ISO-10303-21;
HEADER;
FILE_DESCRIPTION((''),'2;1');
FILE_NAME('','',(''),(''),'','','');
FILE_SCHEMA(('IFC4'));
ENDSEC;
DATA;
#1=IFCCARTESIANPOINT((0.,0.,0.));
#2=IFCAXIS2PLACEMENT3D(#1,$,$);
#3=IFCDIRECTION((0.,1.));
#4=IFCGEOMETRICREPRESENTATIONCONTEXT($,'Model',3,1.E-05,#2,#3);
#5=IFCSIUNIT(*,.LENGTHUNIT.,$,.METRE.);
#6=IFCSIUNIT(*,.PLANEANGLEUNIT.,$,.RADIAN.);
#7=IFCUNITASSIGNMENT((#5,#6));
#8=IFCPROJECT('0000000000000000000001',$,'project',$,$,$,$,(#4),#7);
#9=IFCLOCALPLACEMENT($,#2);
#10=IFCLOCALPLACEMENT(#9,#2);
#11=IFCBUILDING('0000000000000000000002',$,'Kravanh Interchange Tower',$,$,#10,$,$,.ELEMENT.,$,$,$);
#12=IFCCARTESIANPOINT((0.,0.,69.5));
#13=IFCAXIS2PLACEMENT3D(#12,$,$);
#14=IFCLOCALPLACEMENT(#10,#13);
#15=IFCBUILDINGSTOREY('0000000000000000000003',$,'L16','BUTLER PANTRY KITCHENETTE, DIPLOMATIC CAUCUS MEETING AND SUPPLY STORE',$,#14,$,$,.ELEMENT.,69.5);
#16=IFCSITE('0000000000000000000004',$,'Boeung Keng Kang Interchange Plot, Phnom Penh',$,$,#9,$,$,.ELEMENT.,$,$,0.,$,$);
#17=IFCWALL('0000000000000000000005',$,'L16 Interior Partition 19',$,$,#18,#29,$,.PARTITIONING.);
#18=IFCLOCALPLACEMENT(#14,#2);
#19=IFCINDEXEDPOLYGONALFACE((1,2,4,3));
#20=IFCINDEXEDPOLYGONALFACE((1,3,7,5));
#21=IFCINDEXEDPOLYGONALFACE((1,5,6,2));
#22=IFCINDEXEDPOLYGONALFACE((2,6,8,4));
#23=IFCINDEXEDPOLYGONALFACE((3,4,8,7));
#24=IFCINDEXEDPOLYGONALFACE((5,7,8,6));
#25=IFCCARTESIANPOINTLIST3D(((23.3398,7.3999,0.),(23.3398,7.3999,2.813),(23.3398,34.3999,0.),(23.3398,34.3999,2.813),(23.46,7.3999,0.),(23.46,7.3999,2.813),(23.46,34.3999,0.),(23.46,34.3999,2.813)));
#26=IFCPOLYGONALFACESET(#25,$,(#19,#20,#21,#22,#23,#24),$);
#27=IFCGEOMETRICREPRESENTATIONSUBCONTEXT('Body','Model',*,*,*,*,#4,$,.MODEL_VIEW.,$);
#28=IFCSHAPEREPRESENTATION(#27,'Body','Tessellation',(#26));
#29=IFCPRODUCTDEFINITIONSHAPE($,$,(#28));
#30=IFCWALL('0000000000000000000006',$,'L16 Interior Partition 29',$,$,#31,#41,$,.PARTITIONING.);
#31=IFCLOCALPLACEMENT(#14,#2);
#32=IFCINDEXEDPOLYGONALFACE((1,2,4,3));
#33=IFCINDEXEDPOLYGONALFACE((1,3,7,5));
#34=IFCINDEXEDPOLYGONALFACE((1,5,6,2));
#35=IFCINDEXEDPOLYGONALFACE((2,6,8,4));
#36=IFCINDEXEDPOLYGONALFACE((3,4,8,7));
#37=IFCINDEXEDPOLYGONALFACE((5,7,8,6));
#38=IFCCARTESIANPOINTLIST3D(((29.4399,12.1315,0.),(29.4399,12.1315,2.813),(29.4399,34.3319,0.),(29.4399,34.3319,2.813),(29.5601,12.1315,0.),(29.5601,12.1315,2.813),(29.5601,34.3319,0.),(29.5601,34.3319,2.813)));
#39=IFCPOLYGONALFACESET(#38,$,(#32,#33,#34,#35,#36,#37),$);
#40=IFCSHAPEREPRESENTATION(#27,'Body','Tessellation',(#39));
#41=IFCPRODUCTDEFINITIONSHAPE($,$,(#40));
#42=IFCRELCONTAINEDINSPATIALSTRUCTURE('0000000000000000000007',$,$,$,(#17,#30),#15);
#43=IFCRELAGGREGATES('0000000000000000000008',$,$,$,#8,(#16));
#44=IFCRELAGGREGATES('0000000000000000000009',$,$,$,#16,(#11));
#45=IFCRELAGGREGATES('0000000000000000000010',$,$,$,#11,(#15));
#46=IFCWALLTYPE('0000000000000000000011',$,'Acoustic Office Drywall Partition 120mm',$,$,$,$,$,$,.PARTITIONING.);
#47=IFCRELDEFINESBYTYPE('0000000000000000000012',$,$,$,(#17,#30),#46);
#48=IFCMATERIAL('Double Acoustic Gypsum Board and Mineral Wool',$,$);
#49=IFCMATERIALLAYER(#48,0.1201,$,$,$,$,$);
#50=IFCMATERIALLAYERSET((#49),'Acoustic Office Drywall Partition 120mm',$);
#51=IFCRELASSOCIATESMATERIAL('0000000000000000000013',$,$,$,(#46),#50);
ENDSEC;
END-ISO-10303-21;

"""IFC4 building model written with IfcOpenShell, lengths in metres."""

from ifc_helpers import new_model, si_unit, direction, frame, frame_2d, origin, place, context, subcontext, project, spatial, rectangle, extrude, material, layer, layer_set, type_object, element, save


model = new_model("IFC4")

# Units and contexts
model_context = context("Model", 3, precision=1e-05, world=origin(), true_north=direction((0.0, 1.0)))
body_context = subcontext(model_context, "Body", "Model", "MODEL_VIEW")
ifc_project = project(units=[si_unit("LENGTHUNIT", "METRE"), si_unit("PLANEANGLEUNIT", "RADIAN")], contexts=[model_context])

# Site, building, storey
site_placement = place(None, origin())
site = spatial("IfcSite", under=ifc_project, at=site_placement, Name="Boeung Keng Kang Interchange Plot, Phnom Penh", CompositionType="ELEMENT", RefElevation=0.0)
building_placement = place(site_placement, origin())
building = spatial("IfcBuilding", under=site, at=building_placement, Name="Kravanh Interchange Tower", CompositionType="ELEMENT")
storey_placement = place(building_placement, frame((0.0, 0.0, 69.5)))
storey = spatial("IfcBuildingStorey", under=building, at=storey_placement, Name="L16", Description="BUTLER PANTRY KITCHENETTE, DIPLOMATIC CAUCUS MEETING AND SUPPLY STORE", CompositionType="ELEMENT", Elevation=69.5)

# Walls
ifc_material_1 = material(Name="Double Acoustic Gypsum Board and Mineral Wool")
ifc_layer_1 = layer(ifc_material_1, 0.1201)
ifc_layer_set_1 = layer_set([ifc_layer_1], Name="Acoustic Office Drywall Partition 120mm")
wall_type = type_object("IfcWallType", Name="Acoustic Office Drywall Partition 120mm", PredefinedType="PARTITIONING", material=ifc_layer_set_1)
wall_1_placement = place(storey_placement, frame((23.3999, 7.3999, 0.0), z_axis=(0.0, 0.0, 1.0), x_axis=(0.0, 1.0, 0.0)))
element("IfcWall", 1, at=wall_1_placement, inside=storey, type_object=wall_type, Name="L16 Interior Partition 19", PredefinedType="PARTITIONING", context=body_context, shape_type="SweptSolid", body=[
    extrude(rectangle(XDim=27.0, YDim=0.1201, at=frame_2d((13.5, 0.0))), origin(), (0.0, 0.0, 1.0), 2.813),
])
wall_2_placement = place(storey_placement, frame((29.5, 12.1316, 0.0), z_axis=(0.0, 0.0, 1.0), x_axis=(0.0, 1.0, 0.0)))
element("IfcWall", 2, at=wall_2_placement, inside=storey, type_object=wall_type, Name="L16 Interior Partition 29", PredefinedType="PARTITIONING", context=body_context, shape_type="SweptSolid", body=[
    extrude(rectangle(XDim=22.2004, YDim=0.1201, at=frame_2d((11.1001, 0.0))), origin(), (0.0, 0.0, 1.0), 2.813),
])

save(model, "model.ifc")
